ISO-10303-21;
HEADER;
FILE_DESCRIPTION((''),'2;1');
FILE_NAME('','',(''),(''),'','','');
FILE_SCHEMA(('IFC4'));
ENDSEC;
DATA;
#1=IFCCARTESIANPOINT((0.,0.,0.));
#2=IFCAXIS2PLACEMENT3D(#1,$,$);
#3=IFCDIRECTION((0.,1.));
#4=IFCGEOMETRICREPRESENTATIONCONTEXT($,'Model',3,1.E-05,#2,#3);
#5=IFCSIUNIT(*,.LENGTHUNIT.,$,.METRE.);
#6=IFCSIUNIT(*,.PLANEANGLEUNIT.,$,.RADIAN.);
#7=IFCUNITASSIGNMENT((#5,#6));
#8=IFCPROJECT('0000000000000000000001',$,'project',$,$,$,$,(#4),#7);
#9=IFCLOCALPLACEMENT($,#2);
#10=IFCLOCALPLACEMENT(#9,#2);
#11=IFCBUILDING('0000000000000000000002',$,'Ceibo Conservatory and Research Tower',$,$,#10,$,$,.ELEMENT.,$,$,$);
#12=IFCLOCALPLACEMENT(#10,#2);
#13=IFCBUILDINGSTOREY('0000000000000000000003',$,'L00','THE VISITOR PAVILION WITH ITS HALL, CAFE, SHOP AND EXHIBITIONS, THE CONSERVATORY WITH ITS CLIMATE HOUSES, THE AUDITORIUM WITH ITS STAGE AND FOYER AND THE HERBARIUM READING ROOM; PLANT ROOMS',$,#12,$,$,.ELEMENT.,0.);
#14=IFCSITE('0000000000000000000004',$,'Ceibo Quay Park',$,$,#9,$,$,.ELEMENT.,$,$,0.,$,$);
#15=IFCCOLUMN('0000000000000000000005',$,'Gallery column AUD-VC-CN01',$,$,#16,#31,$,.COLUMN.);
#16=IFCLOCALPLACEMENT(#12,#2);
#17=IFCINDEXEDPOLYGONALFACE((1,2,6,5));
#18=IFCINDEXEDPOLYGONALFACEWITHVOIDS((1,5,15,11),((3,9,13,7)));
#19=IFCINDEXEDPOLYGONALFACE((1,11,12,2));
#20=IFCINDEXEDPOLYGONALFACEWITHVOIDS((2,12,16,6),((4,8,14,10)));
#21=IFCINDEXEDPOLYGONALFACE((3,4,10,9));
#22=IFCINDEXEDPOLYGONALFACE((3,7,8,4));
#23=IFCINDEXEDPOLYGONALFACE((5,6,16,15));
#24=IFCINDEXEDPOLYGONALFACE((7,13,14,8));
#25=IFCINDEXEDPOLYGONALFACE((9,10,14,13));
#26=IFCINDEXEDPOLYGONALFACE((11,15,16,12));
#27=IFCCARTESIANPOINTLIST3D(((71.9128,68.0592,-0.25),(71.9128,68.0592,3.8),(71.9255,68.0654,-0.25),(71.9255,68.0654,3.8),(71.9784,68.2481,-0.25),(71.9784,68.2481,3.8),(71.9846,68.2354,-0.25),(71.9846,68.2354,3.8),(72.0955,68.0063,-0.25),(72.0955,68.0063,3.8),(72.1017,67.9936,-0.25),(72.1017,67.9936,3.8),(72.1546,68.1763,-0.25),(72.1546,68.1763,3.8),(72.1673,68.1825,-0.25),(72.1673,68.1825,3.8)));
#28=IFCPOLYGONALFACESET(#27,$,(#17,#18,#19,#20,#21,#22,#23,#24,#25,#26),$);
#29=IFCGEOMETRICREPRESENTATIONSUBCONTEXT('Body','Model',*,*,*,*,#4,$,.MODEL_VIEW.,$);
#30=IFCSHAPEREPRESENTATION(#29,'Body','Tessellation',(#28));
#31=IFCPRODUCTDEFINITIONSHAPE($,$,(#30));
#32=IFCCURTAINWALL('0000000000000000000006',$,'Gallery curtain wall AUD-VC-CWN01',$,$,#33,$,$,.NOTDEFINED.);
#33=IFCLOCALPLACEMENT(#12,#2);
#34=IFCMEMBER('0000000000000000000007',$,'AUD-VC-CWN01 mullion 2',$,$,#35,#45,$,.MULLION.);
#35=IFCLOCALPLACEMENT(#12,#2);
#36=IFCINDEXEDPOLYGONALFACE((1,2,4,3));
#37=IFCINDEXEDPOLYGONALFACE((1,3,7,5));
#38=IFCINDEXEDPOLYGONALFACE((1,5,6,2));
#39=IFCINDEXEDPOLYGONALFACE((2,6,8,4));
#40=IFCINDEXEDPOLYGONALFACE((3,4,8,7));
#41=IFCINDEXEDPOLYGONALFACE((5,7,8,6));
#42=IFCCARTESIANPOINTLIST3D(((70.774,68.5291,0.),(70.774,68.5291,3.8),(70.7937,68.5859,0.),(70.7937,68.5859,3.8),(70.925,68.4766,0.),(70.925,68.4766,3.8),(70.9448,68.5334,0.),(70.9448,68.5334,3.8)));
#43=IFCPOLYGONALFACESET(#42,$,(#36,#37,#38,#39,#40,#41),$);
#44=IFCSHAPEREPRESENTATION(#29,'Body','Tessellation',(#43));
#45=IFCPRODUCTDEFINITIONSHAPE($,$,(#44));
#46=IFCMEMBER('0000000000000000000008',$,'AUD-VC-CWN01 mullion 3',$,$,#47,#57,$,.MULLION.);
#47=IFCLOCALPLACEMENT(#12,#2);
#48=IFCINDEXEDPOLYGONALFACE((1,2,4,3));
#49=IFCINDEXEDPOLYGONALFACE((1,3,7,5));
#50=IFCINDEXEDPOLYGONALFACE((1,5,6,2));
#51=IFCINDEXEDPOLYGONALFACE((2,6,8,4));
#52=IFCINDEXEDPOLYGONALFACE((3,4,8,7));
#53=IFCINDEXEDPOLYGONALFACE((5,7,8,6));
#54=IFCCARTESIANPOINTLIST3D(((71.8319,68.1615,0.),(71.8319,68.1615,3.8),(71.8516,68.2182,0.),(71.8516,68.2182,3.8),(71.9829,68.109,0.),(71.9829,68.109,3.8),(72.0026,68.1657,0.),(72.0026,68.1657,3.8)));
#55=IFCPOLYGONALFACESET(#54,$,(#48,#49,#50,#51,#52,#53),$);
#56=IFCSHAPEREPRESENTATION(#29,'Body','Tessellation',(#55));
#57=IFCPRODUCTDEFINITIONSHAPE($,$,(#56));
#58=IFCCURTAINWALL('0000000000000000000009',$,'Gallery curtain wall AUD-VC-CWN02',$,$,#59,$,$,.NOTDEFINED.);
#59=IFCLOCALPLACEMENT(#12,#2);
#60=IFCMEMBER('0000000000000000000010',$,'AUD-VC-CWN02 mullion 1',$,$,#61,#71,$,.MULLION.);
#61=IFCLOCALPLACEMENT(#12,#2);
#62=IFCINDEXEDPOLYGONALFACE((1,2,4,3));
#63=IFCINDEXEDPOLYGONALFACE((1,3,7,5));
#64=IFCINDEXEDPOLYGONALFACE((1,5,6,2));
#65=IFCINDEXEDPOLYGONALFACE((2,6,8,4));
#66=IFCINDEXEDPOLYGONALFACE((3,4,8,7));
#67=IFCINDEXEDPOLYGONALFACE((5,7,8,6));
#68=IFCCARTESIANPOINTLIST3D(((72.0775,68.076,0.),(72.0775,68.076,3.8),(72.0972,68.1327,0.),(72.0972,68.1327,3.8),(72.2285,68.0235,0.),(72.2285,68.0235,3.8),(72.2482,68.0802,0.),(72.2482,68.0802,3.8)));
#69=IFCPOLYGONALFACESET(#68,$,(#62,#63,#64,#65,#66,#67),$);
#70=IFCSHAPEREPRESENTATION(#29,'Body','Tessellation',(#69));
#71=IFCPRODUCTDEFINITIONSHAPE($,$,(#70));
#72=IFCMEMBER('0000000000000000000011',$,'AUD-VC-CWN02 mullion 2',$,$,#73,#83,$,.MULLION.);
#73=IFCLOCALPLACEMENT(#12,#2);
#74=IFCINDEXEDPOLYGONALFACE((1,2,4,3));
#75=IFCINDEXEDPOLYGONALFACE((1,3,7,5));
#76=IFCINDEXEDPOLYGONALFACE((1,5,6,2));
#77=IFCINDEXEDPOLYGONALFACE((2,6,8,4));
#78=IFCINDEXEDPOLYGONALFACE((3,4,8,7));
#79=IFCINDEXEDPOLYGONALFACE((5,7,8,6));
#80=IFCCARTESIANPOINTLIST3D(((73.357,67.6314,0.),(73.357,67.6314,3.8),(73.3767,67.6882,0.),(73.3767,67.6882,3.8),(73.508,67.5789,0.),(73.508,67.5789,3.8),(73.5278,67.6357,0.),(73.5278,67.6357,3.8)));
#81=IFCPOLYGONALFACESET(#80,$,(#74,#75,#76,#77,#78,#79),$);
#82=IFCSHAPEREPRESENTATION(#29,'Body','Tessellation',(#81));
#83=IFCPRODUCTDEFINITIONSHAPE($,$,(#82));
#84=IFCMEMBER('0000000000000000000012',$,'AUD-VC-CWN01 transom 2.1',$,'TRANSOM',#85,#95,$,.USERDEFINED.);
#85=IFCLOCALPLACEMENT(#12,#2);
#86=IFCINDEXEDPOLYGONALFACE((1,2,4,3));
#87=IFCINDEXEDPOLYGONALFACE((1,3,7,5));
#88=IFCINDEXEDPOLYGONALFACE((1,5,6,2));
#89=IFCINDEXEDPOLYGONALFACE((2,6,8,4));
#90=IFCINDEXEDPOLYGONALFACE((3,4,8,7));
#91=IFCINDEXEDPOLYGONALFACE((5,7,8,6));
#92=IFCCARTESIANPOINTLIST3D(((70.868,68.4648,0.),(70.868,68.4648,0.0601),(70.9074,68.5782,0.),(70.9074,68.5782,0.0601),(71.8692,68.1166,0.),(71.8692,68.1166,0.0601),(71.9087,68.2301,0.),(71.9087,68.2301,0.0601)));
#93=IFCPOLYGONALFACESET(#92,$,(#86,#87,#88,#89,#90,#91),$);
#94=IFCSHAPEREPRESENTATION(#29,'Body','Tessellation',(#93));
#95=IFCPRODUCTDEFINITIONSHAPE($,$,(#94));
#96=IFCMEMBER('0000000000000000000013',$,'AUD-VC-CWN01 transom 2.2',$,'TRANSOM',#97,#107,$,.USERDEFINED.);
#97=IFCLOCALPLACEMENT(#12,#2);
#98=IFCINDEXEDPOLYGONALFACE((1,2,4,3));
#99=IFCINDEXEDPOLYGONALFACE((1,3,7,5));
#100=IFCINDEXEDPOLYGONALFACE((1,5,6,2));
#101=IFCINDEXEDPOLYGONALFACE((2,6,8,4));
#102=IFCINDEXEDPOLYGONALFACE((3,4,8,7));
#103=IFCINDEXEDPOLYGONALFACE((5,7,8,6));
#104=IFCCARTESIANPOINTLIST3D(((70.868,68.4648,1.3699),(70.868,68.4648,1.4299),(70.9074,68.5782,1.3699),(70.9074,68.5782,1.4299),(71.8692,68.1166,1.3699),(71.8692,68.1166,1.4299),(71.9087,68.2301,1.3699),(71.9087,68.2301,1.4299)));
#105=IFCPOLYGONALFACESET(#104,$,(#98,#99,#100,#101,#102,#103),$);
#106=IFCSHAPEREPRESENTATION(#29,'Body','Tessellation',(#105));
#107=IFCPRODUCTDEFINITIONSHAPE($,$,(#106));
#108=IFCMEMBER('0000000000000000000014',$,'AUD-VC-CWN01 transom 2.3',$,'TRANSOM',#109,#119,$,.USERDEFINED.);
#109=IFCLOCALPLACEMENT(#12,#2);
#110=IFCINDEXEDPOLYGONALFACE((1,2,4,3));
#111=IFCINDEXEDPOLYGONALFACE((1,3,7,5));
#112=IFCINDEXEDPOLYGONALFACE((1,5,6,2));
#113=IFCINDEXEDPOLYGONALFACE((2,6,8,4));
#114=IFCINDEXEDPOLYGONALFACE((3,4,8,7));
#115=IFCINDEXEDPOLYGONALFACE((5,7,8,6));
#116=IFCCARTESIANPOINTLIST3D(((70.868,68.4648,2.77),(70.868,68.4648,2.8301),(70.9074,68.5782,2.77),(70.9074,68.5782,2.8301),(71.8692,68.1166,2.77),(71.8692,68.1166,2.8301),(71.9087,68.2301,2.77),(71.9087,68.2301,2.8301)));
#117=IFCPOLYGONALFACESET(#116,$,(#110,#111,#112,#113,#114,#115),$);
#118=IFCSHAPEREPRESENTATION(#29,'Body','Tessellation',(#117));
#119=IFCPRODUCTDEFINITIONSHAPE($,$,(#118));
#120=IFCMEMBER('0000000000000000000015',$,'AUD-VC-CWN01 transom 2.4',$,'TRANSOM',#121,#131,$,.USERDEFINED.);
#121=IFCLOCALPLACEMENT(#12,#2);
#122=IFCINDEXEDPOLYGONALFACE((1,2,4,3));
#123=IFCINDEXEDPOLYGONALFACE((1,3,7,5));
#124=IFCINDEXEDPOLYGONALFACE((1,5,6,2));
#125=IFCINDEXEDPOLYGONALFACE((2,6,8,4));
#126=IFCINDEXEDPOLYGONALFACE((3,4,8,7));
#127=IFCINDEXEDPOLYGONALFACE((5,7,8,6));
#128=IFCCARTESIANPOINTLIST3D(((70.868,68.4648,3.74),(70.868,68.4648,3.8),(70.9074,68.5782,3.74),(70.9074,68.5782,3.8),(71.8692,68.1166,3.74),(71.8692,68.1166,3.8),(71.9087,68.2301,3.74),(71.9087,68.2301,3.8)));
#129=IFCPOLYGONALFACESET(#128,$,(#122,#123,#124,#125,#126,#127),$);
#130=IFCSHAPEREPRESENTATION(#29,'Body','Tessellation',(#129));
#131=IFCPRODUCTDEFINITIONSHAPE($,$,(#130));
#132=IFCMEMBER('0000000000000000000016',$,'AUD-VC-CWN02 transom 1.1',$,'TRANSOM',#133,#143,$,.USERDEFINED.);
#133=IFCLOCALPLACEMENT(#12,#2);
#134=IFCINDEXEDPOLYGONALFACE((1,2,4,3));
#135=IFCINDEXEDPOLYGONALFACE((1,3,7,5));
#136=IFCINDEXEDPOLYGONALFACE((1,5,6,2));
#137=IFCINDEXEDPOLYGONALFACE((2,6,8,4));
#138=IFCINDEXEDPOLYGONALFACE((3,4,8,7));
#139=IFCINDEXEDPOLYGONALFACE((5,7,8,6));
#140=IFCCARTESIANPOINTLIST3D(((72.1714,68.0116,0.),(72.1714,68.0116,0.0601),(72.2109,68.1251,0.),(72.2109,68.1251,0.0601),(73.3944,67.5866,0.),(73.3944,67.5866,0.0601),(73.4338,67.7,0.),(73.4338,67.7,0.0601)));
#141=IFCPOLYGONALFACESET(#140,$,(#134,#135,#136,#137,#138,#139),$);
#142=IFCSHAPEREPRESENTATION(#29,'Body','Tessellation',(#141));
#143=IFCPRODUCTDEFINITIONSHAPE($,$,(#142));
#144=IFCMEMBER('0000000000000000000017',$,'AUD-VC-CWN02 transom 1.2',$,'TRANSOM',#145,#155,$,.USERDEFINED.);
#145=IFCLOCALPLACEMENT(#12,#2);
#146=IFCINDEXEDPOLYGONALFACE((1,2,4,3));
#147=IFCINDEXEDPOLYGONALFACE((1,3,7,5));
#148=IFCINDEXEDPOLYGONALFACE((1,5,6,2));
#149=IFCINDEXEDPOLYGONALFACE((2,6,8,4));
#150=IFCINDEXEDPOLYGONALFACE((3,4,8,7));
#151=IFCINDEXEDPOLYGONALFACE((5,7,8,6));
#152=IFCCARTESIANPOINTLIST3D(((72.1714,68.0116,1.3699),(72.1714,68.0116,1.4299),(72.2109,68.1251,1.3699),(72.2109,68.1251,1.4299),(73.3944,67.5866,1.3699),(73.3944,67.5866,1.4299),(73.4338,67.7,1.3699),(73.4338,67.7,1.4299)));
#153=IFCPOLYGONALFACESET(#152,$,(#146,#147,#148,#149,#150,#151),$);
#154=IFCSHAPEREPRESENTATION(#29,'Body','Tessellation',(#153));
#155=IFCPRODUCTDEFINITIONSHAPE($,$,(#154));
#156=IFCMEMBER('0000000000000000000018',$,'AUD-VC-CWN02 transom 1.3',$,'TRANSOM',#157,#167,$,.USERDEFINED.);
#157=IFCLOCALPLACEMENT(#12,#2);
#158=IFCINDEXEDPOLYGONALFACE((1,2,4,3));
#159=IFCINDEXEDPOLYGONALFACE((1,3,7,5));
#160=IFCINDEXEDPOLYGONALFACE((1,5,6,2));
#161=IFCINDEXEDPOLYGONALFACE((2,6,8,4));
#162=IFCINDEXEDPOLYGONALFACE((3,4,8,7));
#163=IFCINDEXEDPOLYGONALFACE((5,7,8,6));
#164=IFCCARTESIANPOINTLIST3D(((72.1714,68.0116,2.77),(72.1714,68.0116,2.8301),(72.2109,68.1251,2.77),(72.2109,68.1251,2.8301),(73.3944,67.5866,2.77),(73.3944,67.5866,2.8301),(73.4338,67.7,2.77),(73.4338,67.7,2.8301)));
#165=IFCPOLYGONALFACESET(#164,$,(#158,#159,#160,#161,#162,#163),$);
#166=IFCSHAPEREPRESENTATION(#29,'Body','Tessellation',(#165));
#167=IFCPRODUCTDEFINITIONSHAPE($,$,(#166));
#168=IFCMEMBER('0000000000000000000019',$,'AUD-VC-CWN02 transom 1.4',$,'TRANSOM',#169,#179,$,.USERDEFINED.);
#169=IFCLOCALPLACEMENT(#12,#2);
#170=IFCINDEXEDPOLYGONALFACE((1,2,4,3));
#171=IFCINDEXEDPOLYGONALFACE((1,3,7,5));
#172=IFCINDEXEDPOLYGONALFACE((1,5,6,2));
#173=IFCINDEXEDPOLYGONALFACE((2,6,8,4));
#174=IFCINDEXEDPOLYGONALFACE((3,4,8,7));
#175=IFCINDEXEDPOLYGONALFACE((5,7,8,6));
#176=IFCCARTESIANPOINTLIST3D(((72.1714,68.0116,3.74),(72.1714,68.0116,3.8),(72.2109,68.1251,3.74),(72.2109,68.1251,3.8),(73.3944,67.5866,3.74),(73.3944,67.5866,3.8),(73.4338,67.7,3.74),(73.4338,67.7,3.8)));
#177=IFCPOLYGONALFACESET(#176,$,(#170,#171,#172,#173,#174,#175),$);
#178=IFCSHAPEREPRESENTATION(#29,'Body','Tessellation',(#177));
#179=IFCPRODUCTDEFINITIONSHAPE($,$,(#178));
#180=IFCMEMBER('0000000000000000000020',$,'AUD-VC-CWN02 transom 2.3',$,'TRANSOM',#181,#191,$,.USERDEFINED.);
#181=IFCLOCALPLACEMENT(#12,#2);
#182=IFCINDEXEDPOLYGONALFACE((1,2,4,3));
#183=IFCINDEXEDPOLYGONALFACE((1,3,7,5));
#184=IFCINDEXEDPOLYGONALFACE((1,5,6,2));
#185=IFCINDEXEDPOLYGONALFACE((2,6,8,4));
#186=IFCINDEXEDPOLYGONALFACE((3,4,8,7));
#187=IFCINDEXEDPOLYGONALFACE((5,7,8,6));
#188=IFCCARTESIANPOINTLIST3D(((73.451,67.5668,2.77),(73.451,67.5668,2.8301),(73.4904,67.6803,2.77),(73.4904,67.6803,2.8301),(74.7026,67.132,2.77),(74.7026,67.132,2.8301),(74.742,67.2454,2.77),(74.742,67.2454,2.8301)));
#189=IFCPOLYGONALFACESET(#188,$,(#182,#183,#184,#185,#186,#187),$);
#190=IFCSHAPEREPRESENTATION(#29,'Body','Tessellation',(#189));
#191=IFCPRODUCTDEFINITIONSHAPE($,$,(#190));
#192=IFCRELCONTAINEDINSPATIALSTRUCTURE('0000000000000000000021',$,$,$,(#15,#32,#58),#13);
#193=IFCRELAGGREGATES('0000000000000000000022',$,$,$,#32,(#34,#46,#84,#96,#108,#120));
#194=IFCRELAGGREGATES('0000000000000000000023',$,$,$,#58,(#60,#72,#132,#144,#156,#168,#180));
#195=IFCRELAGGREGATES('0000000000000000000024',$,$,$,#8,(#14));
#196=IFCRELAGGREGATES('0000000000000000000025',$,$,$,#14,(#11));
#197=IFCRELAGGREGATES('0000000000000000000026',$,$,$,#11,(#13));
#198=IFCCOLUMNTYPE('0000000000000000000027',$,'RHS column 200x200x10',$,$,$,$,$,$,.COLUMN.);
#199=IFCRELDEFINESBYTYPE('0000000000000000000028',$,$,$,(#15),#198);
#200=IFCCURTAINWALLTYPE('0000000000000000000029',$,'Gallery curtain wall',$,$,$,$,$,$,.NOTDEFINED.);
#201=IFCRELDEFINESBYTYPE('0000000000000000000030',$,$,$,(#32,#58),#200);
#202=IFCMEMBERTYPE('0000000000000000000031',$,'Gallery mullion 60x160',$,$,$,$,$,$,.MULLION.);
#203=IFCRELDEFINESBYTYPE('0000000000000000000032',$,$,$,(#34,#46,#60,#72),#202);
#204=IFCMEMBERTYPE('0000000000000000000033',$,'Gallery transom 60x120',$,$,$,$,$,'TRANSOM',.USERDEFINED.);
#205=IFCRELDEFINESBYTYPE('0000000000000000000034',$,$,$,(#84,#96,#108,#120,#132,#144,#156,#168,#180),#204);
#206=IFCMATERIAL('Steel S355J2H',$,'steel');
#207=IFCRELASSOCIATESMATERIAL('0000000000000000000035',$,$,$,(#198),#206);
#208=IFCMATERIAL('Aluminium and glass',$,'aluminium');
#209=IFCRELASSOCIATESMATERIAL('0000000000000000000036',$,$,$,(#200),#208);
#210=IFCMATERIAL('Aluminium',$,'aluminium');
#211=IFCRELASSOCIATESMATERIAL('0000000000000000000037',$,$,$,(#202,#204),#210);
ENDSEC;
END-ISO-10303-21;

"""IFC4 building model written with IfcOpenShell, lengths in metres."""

from ifc_helpers import new_model, si_unit, direction, frame, origin, origin_2d, place, context, subcontext, project, spatial, rectangle, hollow_rectangle, extrude, material, material_profile, profile_set, type_object, element, aggregate, save


model = new_model("IFC4")

# Units and contexts
model_context = context("Model", 3, precision=1e-05, world=origin(), true_north=direction((0.0, 1.0)))
body_context = subcontext(model_context, "Body", "Model", "MODEL_VIEW")
ifc_project = project(units=[si_unit("LENGTHUNIT", "METRE"), si_unit("PLANEANGLEUNIT", "RADIAN")], contexts=[model_context])

# Site, building, storey
site_placement = place(None, origin())
site = spatial("IfcSite", under=ifc_project, at=site_placement, Name="Ceibo Quay Park", CompositionType="ELEMENT", RefElevation=0.0)
building_placement = place(site_placement, origin())
building = spatial("IfcBuilding", under=site, at=building_placement, Name="Ceibo Conservatory and Research Tower", CompositionType="ELEMENT")
storey_placement = place(building_placement, origin())
storey = spatial("IfcBuildingStorey", under=building, at=storey_placement, Name="L00", Description="THE VISITOR PAVILION WITH ITS HALL, CAFE, SHOP AND EXHIBITIONS, THE CONSERVATORY WITH ITS CLIMATE HOUSES, THE AUDITORIUM WITH ITS STAGE AND FOYER AND THE HERBARIUM READING ROOM; PLANT ROOMS", CompositionType="ELEMENT", Elevation=0.0)

# Column
ifc_material_1 = material(Name="Steel S355J2H", Category="steel")
ifc_material_profile_1 = material_profile(ifc_material_1, hollow_rectangle(XDim=0.2, YDim=0.2, WallThickness=0.01, at=origin_2d()), Name="RHS column 200x200x10")
ifc_profile_set_1 = profile_set([ifc_material_profile_1], Name="Steel S355J2H")
column_type = type_object("IfcColumnType", Name="RHS column 200x200x10", PredefinedType="COLUMN", material=ifc_profile_set_1)
column_placement = place(storey_placement, frame((72.04, 68.1208, -0.25), z_axis=(0.0, 0.0, 1.0), x_axis=(0.944579, -0.328284, 0.0)))
element("IfcColumn", 1, at=column_placement, inside=storey, type_object=column_type, Name="Gallery column AUD-VC-CN01", PredefinedType="COLUMN", context=body_context, shape_type="SweptSolid", body=[
    extrude(hollow_rectangle(XDim=0.2, YDim=0.2, WallThickness=0.01, at=origin_2d()), origin(), (0.0, 0.0, 1.0), 4.05),
])

# Curtain walls, members
ifc_material_2 = material(Name="Aluminium and glass", Category="aluminium")
curtain_wall_type = type_object("IfcCurtainWallType", Name="Gallery curtain wall", PredefinedType="NOTDEFINED", material=ifc_material_2)
curtain_wall_1_placement = place(storey_placement, origin())
curtain_wall_1 = element("IfcCurtainWall", 2, at=curtain_wall_1_placement, inside=storey, type_object=curtain_wall_type, Name="Gallery curtain wall AUD-VC-CWN01", PredefinedType="NOTDEFINED")
ifc_material_3 = material(Name="Aluminium", Category="aluminium")
ifc_material_profile_2 = material_profile(ifc_material_3, rectangle(XDim=0.0601, YDim=0.1599, at=origin_2d()), Name="AL 60x160")
ifc_profile_set_2 = profile_set([ifc_material_profile_2], Name="Aluminium")
member_type_1 = type_object("IfcMemberType", Name="Gallery mullion 60x160", PredefinedType="MULLION", material=ifc_profile_set_2)
member_1_placement = place(storey_placement, frame((70.8594, 68.5312, 0.0), z_axis=(0.0, 0.0, 1.0), x_axis=(0.328284, 0.944579, 0.0)))
member_1 = element("IfcMember", 3, at=member_1_placement, type_object=member_type_1, Name="AUD-VC-CWN01 mullion 2", PredefinedType="MULLION", context=body_context, shape_type="SweptSolid", body=[
    extrude(rectangle(XDim=0.0601, YDim=0.1599, at=origin_2d()), origin(), (0.0, 0.0, 1.0), 3.8),
])
member_2_placement = place(storey_placement, frame((71.9172, 68.1636, 0.0), z_axis=(0.0, 0.0, 1.0), x_axis=(0.328284, 0.944579, 0.0)))
member_2 = element("IfcMember", 4, at=member_2_placement, type_object=member_type_1, Name="AUD-VC-CWN01 mullion 3", PredefinedType="MULLION", context=body_context, shape_type="SweptSolid", body=[
    extrude(rectangle(XDim=0.0601, YDim=0.1599, at=origin_2d()), origin(), (0.0, 0.0, 1.0), 3.8),
])
curtain_wall_2_placement = place(storey_placement, origin())
curtain_wall_2 = element("IfcCurtainWall", 5, at=curtain_wall_2_placement, inside=storey, type_object=curtain_wall_type, Name="Gallery curtain wall AUD-VC-CWN02", PredefinedType="NOTDEFINED")
member_3_placement = place(storey_placement, frame((72.1628, 68.0781, 0.0), z_axis=(0.0, 0.0, 1.0), x_axis=(0.328284, 0.944579, 0.0)))
member_3 = element("IfcMember", 6, at=member_3_placement, type_object=member_type_1, Name="AUD-VC-CWN02 mullion 1", PredefinedType="MULLION", context=body_context, shape_type="SweptSolid", body=[
    extrude(rectangle(XDim=0.0601, YDim=0.1599, at=origin_2d()), origin(), (0.0, 0.0, 1.0), 3.8),
])
member_4_placement = place(storey_placement, frame((73.4424, 67.6335, 0.0), z_axis=(0.0, 0.0, 1.0), x_axis=(0.328284, 0.944579, 0.0)))
member_4 = element("IfcMember", 7, at=member_4_placement, type_object=member_type_1, Name="AUD-VC-CWN02 mullion 2", PredefinedType="MULLION", context=body_context, shape_type="SweptSolid", body=[
    extrude(rectangle(XDim=0.0601, YDim=0.1599, at=origin_2d()), origin(), (0.0, 0.0, 1.0), 3.8),
])

# Members
ifc_material_profile_3 = material_profile(ifc_material_3, rectangle(XDim=0.1201, YDim=0.0601, at=origin_2d()), Name="AL 60x120")
ifc_profile_set_3 = profile_set([ifc_material_profile_3], Name="Aluminium")
member_type_2 = type_object("IfcMemberType", Name="Gallery transom 60x120", ElementType="TRANSOM", PredefinedType="USERDEFINED", material=ifc_profile_set_3)
member_5_placement = place(storey_placement, frame((70.8877, 68.5215, 0.03), z_axis=(0.944528, -0.328431, 0.0), x_axis=(0.328431, 0.944528, 0.0)))
member_5 = element("IfcMember", 8, at=member_5_placement, type_object=member_type_2, Name="AUD-VC-CWN01 transom 2.1", ObjectType="TRANSOM", PredefinedType="USERDEFINED", context=body_context, shape_type="SweptSolid", body=[
    extrude(rectangle(XDim=0.1201, YDim=0.0601, at=origin_2d()), origin(), (0.0, 0.0, 1.0), 1.0601),
])
member_6_placement = place(storey_placement, frame((70.8877, 68.5215, 1.3999), z_axis=(0.944528, -0.328431, 0.0), x_axis=(0.328431, 0.944528, 0.0)))
member_6 = element("IfcMember", 9, at=member_6_placement, type_object=member_type_2, Name="AUD-VC-CWN01 transom 2.2", ObjectType="TRANSOM", PredefinedType="USERDEFINED", context=body_context, shape_type="SweptSolid", body=[
    extrude(rectangle(XDim=0.1201, YDim=0.0601, at=origin_2d()), origin(), (0.0, 0.0, 1.0), 1.0601),
])
member_7_placement = place(storey_placement, frame((70.8877, 68.5215, 2.8), z_axis=(0.944528, -0.328431, 0.0), x_axis=(0.328431, 0.944528, 0.0)))
member_7 = element("IfcMember", 10, at=member_7_placement, type_object=member_type_2, Name="AUD-VC-CWN01 transom 2.3", ObjectType="TRANSOM", PredefinedType="USERDEFINED", context=body_context, shape_type="SweptSolid", body=[
    extrude(rectangle(XDim=0.1201, YDim=0.0601, at=origin_2d()), origin(), (0.0, 0.0, 1.0), 1.0601),
])
member_8_placement = place(storey_placement, frame((70.8877, 68.5215, 3.77), z_axis=(0.944528, -0.328431, 0.0), x_axis=(0.328431, 0.944528, 0.0)))
member_8 = element("IfcMember", 11, at=member_8_placement, type_object=member_type_2, Name="AUD-VC-CWN01 transom 2.4", ObjectType="TRANSOM", PredefinedType="USERDEFINED", context=body_context, shape_type="SweptSolid", body=[
    extrude(rectangle(XDim=0.1201, YDim=0.0601, at=origin_2d()), origin(), (0.0, 0.0, 1.0), 1.0601),
])
member_9_placement = place(storey_placement, frame((72.1912, 68.0684, 0.03), z_axis=(0.944571, -0.328309, 0.0), x_axis=(0.328309, 0.944571, 0.0)))
member_9 = element("IfcMember", 12, at=member_9_placement, type_object=member_type_2, Name="AUD-VC-CWN02 transom 1.1", ObjectType="TRANSOM", PredefinedType="USERDEFINED", context=body_context, shape_type="SweptSolid", body=[
    extrude(rectangle(XDim=0.1201, YDim=0.0601, at=origin_2d()), origin(), (0.0, 0.0, 1.0), 1.2947),
])
member_10_placement = place(storey_placement, frame((72.1912, 68.0684, 1.3999), z_axis=(0.944571, -0.328309, 0.0), x_axis=(0.328309, 0.944571, 0.0)))
member_10 = element("IfcMember", 13, at=member_10_placement, type_object=member_type_2, Name="AUD-VC-CWN02 transom 1.2", ObjectType="TRANSOM", PredefinedType="USERDEFINED", context=body_context, shape_type="SweptSolid", body=[
    extrude(rectangle(XDim=0.1201, YDim=0.0601, at=origin_2d()), origin(), (0.0, 0.0, 1.0), 1.2947),
])
member_11_placement = place(storey_placement, frame((72.1912, 68.0684, 2.8), z_axis=(0.944571, -0.328309, 0.0), x_axis=(0.328309, 0.944571, 0.0)))
member_11 = element("IfcMember", 14, at=member_11_placement, type_object=member_type_2, Name="AUD-VC-CWN02 transom 1.3", ObjectType="TRANSOM", PredefinedType="USERDEFINED", context=body_context, shape_type="SweptSolid", body=[
    extrude(rectangle(XDim=0.1201, YDim=0.0601, at=origin_2d()), origin(), (0.0, 0.0, 1.0), 1.2947),
])
member_12_placement = place(storey_placement, frame((72.1912, 68.0684, 3.77), z_axis=(0.944571, -0.328309, 0.0), x_axis=(0.328309, 0.944571, 0.0)))
member_12 = element("IfcMember", 15, at=member_12_placement, type_object=member_type_2, Name="AUD-VC-CWN02 transom 1.4", ObjectType="TRANSOM", PredefinedType="USERDEFINED", context=body_context, shape_type="SweptSolid", body=[
    extrude(rectangle(XDim=0.1201, YDim=0.0601, at=origin_2d()), origin(), (0.0, 0.0, 1.0), 1.2947),
])
member_13_placement = place(storey_placement, frame((73.4707, 67.6235, 2.8), z_axis=(0.944609, -0.328199, 0.0), x_axis=(0.328199, 0.944609, 0.0)))
member_13 = element("IfcMember", 16, at=member_13_placement, type_object=member_type_2, Name="AUD-VC-CWN02 transom 2.3", ObjectType="TRANSOM", PredefinedType="USERDEFINED", context=body_context, shape_type="SweptSolid", body=[
    extrude(rectangle(XDim=0.1201, YDim=0.0601, at=origin_2d()), origin(), (0.0, 0.0, 1.0), 1.325),
])

aggregate(curtain_wall_1, [member_1, member_2, member_5, member_6, member_7, member_8])
aggregate(curtain_wall_2, [member_3, member_4, member_9, member_10, member_11, member_12, member_13])

save(model, "model.ifc")
